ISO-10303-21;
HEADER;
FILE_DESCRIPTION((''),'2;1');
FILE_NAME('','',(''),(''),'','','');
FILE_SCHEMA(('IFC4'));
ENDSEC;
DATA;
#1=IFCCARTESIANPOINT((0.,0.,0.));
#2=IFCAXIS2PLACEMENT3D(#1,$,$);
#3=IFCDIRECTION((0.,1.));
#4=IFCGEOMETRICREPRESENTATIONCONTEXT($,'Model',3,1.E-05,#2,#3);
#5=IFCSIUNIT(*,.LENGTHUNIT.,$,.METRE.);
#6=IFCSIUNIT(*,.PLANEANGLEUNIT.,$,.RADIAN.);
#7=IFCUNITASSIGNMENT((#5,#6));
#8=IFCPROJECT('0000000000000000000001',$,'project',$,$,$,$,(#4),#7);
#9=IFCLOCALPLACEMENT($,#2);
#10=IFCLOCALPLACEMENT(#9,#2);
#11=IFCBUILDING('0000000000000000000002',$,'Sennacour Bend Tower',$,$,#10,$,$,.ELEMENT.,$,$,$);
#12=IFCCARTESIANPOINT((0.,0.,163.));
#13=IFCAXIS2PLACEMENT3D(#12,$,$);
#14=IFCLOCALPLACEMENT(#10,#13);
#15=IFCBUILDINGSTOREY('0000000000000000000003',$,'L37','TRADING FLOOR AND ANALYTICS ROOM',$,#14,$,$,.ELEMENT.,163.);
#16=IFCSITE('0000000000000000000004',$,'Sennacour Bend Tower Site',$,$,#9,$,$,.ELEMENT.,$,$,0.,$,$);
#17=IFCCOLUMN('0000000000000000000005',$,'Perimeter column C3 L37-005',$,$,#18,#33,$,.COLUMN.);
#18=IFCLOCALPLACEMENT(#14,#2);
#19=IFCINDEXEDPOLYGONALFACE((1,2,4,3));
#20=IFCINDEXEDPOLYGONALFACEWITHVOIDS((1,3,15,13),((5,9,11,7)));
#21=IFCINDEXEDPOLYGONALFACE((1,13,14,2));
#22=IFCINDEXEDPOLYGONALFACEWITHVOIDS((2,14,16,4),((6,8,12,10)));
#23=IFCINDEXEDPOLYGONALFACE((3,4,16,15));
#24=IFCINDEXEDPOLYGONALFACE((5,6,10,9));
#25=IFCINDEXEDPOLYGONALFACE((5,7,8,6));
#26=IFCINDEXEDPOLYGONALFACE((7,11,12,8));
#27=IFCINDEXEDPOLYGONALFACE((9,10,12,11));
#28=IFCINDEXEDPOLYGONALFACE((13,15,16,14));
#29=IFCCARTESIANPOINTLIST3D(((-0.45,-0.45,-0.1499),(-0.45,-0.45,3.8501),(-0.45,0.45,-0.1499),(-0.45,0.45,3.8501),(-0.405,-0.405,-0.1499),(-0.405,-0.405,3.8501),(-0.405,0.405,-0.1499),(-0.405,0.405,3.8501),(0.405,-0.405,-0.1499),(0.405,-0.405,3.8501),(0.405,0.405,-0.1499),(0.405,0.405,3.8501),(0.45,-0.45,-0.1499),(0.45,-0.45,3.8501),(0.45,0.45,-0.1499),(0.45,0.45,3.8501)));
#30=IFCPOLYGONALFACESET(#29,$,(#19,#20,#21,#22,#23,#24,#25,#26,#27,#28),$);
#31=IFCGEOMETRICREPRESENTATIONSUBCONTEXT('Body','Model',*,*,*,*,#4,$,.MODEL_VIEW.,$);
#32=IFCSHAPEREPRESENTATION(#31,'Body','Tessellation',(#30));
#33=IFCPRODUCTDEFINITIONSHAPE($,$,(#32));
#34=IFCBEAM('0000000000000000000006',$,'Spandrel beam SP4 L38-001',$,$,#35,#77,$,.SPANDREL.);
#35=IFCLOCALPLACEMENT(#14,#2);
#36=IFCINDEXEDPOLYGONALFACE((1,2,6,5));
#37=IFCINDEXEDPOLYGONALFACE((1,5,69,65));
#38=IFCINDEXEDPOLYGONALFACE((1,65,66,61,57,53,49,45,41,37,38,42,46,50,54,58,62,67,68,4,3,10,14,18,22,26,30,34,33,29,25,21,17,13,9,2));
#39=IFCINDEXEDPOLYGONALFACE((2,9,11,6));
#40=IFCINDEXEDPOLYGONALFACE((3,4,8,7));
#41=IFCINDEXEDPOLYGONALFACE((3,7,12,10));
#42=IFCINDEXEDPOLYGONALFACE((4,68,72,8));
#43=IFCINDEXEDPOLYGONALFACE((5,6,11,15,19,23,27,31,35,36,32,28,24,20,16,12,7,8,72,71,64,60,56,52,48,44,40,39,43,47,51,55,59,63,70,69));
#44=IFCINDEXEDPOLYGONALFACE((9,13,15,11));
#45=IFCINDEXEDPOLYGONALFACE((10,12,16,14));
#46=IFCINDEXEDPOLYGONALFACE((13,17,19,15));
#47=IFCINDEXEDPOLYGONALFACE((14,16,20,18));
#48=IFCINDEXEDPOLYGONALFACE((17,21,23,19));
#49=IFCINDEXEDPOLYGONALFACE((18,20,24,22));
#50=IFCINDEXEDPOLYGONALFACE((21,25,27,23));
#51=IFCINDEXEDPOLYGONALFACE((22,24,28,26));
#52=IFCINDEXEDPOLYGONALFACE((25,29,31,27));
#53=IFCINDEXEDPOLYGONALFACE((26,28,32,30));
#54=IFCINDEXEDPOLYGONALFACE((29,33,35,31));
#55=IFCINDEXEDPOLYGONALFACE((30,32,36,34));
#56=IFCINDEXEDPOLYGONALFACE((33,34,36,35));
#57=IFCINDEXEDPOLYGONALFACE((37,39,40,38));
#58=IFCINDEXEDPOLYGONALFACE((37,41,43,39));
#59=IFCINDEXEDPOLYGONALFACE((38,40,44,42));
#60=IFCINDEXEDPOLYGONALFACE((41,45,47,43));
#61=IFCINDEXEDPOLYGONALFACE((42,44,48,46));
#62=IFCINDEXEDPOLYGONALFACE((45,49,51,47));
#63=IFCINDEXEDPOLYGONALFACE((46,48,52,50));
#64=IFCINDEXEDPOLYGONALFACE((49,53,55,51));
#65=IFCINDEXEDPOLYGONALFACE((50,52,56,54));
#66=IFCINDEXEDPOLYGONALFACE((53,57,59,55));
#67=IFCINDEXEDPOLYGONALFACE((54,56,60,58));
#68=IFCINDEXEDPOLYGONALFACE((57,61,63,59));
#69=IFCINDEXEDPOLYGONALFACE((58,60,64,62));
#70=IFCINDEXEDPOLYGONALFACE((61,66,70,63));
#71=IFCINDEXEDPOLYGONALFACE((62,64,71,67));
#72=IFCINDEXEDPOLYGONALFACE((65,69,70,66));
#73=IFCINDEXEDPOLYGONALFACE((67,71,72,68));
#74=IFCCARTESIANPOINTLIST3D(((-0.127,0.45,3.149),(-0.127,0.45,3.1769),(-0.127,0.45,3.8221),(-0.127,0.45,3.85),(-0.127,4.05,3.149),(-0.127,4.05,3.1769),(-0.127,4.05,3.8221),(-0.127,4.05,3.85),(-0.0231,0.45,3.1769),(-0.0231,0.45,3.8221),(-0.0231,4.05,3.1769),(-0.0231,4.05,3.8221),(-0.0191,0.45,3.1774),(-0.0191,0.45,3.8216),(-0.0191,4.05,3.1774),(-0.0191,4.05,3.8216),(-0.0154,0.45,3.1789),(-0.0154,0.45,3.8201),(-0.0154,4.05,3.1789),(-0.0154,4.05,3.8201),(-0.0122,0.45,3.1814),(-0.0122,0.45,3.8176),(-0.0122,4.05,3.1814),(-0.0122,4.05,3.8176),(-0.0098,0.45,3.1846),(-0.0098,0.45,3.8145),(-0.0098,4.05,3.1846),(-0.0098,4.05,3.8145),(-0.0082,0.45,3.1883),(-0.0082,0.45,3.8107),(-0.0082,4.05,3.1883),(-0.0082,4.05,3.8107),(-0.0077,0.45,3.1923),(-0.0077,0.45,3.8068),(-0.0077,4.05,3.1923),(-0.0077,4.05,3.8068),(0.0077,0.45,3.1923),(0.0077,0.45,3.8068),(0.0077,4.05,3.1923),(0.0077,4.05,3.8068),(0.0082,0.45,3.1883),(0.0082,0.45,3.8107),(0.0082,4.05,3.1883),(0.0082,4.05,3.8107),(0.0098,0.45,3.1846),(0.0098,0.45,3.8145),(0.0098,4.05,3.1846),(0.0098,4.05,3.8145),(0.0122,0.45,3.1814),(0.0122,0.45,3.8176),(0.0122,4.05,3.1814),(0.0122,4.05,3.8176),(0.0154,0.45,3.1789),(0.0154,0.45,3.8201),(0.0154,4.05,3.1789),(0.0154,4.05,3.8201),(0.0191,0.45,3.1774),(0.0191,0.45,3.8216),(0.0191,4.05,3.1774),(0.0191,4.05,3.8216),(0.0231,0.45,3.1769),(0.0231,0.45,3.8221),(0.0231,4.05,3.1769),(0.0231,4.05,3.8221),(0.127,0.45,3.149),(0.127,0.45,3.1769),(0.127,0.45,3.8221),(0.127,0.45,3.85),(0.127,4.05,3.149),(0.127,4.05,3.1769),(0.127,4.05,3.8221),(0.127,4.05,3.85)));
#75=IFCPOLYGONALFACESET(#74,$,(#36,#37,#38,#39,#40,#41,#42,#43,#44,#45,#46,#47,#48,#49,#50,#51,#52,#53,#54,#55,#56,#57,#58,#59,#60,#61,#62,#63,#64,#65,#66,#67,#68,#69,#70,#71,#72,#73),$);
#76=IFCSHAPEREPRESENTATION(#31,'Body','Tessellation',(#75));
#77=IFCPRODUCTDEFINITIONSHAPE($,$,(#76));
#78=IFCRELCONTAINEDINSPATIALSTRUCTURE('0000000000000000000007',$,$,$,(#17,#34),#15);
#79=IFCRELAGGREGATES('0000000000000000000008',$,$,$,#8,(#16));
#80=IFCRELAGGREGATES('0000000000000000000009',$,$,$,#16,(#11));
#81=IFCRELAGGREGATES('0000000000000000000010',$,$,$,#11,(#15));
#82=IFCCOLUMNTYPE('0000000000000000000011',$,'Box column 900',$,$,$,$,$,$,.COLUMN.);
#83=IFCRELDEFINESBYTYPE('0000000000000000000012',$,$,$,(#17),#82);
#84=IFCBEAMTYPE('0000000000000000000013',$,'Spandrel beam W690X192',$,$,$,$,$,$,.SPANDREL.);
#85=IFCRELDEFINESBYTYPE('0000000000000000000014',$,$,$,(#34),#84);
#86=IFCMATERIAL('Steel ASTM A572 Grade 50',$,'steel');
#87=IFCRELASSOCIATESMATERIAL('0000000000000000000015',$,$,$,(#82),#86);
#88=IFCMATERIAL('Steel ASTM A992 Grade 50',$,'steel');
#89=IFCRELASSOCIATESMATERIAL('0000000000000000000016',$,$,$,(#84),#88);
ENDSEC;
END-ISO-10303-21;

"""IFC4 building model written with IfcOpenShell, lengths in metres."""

from ifc_helpers import new_model, si_unit, direction, frame, origin, origin_2d, place, context, subcontext, project, spatial, hollow_rectangle, i_section, extrude, material, material_profile, profile_set, type_object, element, save


model = new_model("IFC4")

# Units and contexts
model_context = context("Model", 3, precision=1e-05, world=origin(), true_north=direction((0.0, 1.0)))
body_context = subcontext(model_context, "Body", "Model", "MODEL_VIEW")
ifc_project = project(units=[si_unit("LENGTHUNIT", "METRE"), si_unit("PLANEANGLEUNIT", "RADIAN")], contexts=[model_context])

# Site, building, storey
site_placement = place(None, origin())
site = spatial("IfcSite", under=ifc_project, at=site_placement, Name="Sennacour Bend Tower Site", CompositionType="ELEMENT", RefElevation=0.0)
building_placement = place(site_placement, origin())
building = spatial("IfcBuilding", under=site, at=building_placement, Name="Sennacour Bend Tower", CompositionType="ELEMENT")
storey_placement = place(building_placement, frame((0.0, 0.0, 163.0)))
storey = spatial("IfcBuildingStorey", under=building, at=storey_placement, Name="L37", Description="TRADING FLOOR AND ANALYTICS ROOM", CompositionType="ELEMENT", Elevation=163.0)

# Column
ifc_material_1 = material(Name="Steel ASTM A572 Grade 50", Category="steel")
ifc_material_profile_1 = material_profile(ifc_material_1, hollow_rectangle(XDim=0.8999, YDim=0.8999, WallThickness=0.0449, at=origin_2d()), Name="Steel ASTM A572 Grade 50", Category="steel")
ifc_profile_set_1 = profile_set([ifc_material_profile_1], Name="Steel ASTM A572 Grade 50")
column_type = type_object("IfcColumnType", Name="Box column 900", PredefinedType="COLUMN", material=ifc_profile_set_1)
column_placement = place(storey_placement, frame((0.0, 0.0, -0.1499), z_axis=(0.0, 0.0, 1.0), x_axis=(1.0, 0.0, 0.0)))
element("IfcColumn", 1, at=column_placement, inside=storey, type_object=column_type, Name="Perimeter column C3 L37-005", PredefinedType="COLUMN", context=body_context, shape_type="SweptSolid", body=[
    extrude(hollow_rectangle(XDim=0.8999, YDim=0.8999, WallThickness=0.0449, at=origin_2d()), origin(), (0.0, 0.0, 1.0), 4.0),
])

# Beam
ifc_material_2 = material(Name="Steel ASTM A992 Grade 50", Category="steel")
ifc_material_profile_2 = material_profile(ifc_material_2, i_section(OverallWidth=0.2539, OverallDepth=0.7009, WebThickness=0.0154, FlangeThickness=0.0278, FilletRadius=0.0154, at=origin_2d()), Name="Steel ASTM A992 Grade 50", Category="steel")
ifc_profile_set_2 = profile_set([ifc_material_profile_2], Name="Steel ASTM A992 Grade 50")
beam_type = type_object("IfcBeamType", Name="Spandrel beam W690X192", PredefinedType="SPANDREL", material=ifc_profile_set_2)
beam_placement = place(storey_placement, frame((0.0, 0.45, 3.4995), z_axis=(0.0, 1.0, 0.0), x_axis=(-1.0, 0.0, 0.0)))
element("IfcBeam", 2, at=beam_placement, inside=storey, type_object=beam_type, Name="Spandrel beam SP4 L38-001", PredefinedType="SPANDREL", context=body_context, shape_type="SweptSolid", body=[
    extrude(i_section(OverallWidth=0.2539, OverallDepth=0.7009, WebThickness=0.0154, FlangeThickness=0.0278, FilletRadius=0.0154, at=origin_2d()), origin(), (0.0, 0.0, 1.0), 3.6001),
])

save(model, "model.ifc")
